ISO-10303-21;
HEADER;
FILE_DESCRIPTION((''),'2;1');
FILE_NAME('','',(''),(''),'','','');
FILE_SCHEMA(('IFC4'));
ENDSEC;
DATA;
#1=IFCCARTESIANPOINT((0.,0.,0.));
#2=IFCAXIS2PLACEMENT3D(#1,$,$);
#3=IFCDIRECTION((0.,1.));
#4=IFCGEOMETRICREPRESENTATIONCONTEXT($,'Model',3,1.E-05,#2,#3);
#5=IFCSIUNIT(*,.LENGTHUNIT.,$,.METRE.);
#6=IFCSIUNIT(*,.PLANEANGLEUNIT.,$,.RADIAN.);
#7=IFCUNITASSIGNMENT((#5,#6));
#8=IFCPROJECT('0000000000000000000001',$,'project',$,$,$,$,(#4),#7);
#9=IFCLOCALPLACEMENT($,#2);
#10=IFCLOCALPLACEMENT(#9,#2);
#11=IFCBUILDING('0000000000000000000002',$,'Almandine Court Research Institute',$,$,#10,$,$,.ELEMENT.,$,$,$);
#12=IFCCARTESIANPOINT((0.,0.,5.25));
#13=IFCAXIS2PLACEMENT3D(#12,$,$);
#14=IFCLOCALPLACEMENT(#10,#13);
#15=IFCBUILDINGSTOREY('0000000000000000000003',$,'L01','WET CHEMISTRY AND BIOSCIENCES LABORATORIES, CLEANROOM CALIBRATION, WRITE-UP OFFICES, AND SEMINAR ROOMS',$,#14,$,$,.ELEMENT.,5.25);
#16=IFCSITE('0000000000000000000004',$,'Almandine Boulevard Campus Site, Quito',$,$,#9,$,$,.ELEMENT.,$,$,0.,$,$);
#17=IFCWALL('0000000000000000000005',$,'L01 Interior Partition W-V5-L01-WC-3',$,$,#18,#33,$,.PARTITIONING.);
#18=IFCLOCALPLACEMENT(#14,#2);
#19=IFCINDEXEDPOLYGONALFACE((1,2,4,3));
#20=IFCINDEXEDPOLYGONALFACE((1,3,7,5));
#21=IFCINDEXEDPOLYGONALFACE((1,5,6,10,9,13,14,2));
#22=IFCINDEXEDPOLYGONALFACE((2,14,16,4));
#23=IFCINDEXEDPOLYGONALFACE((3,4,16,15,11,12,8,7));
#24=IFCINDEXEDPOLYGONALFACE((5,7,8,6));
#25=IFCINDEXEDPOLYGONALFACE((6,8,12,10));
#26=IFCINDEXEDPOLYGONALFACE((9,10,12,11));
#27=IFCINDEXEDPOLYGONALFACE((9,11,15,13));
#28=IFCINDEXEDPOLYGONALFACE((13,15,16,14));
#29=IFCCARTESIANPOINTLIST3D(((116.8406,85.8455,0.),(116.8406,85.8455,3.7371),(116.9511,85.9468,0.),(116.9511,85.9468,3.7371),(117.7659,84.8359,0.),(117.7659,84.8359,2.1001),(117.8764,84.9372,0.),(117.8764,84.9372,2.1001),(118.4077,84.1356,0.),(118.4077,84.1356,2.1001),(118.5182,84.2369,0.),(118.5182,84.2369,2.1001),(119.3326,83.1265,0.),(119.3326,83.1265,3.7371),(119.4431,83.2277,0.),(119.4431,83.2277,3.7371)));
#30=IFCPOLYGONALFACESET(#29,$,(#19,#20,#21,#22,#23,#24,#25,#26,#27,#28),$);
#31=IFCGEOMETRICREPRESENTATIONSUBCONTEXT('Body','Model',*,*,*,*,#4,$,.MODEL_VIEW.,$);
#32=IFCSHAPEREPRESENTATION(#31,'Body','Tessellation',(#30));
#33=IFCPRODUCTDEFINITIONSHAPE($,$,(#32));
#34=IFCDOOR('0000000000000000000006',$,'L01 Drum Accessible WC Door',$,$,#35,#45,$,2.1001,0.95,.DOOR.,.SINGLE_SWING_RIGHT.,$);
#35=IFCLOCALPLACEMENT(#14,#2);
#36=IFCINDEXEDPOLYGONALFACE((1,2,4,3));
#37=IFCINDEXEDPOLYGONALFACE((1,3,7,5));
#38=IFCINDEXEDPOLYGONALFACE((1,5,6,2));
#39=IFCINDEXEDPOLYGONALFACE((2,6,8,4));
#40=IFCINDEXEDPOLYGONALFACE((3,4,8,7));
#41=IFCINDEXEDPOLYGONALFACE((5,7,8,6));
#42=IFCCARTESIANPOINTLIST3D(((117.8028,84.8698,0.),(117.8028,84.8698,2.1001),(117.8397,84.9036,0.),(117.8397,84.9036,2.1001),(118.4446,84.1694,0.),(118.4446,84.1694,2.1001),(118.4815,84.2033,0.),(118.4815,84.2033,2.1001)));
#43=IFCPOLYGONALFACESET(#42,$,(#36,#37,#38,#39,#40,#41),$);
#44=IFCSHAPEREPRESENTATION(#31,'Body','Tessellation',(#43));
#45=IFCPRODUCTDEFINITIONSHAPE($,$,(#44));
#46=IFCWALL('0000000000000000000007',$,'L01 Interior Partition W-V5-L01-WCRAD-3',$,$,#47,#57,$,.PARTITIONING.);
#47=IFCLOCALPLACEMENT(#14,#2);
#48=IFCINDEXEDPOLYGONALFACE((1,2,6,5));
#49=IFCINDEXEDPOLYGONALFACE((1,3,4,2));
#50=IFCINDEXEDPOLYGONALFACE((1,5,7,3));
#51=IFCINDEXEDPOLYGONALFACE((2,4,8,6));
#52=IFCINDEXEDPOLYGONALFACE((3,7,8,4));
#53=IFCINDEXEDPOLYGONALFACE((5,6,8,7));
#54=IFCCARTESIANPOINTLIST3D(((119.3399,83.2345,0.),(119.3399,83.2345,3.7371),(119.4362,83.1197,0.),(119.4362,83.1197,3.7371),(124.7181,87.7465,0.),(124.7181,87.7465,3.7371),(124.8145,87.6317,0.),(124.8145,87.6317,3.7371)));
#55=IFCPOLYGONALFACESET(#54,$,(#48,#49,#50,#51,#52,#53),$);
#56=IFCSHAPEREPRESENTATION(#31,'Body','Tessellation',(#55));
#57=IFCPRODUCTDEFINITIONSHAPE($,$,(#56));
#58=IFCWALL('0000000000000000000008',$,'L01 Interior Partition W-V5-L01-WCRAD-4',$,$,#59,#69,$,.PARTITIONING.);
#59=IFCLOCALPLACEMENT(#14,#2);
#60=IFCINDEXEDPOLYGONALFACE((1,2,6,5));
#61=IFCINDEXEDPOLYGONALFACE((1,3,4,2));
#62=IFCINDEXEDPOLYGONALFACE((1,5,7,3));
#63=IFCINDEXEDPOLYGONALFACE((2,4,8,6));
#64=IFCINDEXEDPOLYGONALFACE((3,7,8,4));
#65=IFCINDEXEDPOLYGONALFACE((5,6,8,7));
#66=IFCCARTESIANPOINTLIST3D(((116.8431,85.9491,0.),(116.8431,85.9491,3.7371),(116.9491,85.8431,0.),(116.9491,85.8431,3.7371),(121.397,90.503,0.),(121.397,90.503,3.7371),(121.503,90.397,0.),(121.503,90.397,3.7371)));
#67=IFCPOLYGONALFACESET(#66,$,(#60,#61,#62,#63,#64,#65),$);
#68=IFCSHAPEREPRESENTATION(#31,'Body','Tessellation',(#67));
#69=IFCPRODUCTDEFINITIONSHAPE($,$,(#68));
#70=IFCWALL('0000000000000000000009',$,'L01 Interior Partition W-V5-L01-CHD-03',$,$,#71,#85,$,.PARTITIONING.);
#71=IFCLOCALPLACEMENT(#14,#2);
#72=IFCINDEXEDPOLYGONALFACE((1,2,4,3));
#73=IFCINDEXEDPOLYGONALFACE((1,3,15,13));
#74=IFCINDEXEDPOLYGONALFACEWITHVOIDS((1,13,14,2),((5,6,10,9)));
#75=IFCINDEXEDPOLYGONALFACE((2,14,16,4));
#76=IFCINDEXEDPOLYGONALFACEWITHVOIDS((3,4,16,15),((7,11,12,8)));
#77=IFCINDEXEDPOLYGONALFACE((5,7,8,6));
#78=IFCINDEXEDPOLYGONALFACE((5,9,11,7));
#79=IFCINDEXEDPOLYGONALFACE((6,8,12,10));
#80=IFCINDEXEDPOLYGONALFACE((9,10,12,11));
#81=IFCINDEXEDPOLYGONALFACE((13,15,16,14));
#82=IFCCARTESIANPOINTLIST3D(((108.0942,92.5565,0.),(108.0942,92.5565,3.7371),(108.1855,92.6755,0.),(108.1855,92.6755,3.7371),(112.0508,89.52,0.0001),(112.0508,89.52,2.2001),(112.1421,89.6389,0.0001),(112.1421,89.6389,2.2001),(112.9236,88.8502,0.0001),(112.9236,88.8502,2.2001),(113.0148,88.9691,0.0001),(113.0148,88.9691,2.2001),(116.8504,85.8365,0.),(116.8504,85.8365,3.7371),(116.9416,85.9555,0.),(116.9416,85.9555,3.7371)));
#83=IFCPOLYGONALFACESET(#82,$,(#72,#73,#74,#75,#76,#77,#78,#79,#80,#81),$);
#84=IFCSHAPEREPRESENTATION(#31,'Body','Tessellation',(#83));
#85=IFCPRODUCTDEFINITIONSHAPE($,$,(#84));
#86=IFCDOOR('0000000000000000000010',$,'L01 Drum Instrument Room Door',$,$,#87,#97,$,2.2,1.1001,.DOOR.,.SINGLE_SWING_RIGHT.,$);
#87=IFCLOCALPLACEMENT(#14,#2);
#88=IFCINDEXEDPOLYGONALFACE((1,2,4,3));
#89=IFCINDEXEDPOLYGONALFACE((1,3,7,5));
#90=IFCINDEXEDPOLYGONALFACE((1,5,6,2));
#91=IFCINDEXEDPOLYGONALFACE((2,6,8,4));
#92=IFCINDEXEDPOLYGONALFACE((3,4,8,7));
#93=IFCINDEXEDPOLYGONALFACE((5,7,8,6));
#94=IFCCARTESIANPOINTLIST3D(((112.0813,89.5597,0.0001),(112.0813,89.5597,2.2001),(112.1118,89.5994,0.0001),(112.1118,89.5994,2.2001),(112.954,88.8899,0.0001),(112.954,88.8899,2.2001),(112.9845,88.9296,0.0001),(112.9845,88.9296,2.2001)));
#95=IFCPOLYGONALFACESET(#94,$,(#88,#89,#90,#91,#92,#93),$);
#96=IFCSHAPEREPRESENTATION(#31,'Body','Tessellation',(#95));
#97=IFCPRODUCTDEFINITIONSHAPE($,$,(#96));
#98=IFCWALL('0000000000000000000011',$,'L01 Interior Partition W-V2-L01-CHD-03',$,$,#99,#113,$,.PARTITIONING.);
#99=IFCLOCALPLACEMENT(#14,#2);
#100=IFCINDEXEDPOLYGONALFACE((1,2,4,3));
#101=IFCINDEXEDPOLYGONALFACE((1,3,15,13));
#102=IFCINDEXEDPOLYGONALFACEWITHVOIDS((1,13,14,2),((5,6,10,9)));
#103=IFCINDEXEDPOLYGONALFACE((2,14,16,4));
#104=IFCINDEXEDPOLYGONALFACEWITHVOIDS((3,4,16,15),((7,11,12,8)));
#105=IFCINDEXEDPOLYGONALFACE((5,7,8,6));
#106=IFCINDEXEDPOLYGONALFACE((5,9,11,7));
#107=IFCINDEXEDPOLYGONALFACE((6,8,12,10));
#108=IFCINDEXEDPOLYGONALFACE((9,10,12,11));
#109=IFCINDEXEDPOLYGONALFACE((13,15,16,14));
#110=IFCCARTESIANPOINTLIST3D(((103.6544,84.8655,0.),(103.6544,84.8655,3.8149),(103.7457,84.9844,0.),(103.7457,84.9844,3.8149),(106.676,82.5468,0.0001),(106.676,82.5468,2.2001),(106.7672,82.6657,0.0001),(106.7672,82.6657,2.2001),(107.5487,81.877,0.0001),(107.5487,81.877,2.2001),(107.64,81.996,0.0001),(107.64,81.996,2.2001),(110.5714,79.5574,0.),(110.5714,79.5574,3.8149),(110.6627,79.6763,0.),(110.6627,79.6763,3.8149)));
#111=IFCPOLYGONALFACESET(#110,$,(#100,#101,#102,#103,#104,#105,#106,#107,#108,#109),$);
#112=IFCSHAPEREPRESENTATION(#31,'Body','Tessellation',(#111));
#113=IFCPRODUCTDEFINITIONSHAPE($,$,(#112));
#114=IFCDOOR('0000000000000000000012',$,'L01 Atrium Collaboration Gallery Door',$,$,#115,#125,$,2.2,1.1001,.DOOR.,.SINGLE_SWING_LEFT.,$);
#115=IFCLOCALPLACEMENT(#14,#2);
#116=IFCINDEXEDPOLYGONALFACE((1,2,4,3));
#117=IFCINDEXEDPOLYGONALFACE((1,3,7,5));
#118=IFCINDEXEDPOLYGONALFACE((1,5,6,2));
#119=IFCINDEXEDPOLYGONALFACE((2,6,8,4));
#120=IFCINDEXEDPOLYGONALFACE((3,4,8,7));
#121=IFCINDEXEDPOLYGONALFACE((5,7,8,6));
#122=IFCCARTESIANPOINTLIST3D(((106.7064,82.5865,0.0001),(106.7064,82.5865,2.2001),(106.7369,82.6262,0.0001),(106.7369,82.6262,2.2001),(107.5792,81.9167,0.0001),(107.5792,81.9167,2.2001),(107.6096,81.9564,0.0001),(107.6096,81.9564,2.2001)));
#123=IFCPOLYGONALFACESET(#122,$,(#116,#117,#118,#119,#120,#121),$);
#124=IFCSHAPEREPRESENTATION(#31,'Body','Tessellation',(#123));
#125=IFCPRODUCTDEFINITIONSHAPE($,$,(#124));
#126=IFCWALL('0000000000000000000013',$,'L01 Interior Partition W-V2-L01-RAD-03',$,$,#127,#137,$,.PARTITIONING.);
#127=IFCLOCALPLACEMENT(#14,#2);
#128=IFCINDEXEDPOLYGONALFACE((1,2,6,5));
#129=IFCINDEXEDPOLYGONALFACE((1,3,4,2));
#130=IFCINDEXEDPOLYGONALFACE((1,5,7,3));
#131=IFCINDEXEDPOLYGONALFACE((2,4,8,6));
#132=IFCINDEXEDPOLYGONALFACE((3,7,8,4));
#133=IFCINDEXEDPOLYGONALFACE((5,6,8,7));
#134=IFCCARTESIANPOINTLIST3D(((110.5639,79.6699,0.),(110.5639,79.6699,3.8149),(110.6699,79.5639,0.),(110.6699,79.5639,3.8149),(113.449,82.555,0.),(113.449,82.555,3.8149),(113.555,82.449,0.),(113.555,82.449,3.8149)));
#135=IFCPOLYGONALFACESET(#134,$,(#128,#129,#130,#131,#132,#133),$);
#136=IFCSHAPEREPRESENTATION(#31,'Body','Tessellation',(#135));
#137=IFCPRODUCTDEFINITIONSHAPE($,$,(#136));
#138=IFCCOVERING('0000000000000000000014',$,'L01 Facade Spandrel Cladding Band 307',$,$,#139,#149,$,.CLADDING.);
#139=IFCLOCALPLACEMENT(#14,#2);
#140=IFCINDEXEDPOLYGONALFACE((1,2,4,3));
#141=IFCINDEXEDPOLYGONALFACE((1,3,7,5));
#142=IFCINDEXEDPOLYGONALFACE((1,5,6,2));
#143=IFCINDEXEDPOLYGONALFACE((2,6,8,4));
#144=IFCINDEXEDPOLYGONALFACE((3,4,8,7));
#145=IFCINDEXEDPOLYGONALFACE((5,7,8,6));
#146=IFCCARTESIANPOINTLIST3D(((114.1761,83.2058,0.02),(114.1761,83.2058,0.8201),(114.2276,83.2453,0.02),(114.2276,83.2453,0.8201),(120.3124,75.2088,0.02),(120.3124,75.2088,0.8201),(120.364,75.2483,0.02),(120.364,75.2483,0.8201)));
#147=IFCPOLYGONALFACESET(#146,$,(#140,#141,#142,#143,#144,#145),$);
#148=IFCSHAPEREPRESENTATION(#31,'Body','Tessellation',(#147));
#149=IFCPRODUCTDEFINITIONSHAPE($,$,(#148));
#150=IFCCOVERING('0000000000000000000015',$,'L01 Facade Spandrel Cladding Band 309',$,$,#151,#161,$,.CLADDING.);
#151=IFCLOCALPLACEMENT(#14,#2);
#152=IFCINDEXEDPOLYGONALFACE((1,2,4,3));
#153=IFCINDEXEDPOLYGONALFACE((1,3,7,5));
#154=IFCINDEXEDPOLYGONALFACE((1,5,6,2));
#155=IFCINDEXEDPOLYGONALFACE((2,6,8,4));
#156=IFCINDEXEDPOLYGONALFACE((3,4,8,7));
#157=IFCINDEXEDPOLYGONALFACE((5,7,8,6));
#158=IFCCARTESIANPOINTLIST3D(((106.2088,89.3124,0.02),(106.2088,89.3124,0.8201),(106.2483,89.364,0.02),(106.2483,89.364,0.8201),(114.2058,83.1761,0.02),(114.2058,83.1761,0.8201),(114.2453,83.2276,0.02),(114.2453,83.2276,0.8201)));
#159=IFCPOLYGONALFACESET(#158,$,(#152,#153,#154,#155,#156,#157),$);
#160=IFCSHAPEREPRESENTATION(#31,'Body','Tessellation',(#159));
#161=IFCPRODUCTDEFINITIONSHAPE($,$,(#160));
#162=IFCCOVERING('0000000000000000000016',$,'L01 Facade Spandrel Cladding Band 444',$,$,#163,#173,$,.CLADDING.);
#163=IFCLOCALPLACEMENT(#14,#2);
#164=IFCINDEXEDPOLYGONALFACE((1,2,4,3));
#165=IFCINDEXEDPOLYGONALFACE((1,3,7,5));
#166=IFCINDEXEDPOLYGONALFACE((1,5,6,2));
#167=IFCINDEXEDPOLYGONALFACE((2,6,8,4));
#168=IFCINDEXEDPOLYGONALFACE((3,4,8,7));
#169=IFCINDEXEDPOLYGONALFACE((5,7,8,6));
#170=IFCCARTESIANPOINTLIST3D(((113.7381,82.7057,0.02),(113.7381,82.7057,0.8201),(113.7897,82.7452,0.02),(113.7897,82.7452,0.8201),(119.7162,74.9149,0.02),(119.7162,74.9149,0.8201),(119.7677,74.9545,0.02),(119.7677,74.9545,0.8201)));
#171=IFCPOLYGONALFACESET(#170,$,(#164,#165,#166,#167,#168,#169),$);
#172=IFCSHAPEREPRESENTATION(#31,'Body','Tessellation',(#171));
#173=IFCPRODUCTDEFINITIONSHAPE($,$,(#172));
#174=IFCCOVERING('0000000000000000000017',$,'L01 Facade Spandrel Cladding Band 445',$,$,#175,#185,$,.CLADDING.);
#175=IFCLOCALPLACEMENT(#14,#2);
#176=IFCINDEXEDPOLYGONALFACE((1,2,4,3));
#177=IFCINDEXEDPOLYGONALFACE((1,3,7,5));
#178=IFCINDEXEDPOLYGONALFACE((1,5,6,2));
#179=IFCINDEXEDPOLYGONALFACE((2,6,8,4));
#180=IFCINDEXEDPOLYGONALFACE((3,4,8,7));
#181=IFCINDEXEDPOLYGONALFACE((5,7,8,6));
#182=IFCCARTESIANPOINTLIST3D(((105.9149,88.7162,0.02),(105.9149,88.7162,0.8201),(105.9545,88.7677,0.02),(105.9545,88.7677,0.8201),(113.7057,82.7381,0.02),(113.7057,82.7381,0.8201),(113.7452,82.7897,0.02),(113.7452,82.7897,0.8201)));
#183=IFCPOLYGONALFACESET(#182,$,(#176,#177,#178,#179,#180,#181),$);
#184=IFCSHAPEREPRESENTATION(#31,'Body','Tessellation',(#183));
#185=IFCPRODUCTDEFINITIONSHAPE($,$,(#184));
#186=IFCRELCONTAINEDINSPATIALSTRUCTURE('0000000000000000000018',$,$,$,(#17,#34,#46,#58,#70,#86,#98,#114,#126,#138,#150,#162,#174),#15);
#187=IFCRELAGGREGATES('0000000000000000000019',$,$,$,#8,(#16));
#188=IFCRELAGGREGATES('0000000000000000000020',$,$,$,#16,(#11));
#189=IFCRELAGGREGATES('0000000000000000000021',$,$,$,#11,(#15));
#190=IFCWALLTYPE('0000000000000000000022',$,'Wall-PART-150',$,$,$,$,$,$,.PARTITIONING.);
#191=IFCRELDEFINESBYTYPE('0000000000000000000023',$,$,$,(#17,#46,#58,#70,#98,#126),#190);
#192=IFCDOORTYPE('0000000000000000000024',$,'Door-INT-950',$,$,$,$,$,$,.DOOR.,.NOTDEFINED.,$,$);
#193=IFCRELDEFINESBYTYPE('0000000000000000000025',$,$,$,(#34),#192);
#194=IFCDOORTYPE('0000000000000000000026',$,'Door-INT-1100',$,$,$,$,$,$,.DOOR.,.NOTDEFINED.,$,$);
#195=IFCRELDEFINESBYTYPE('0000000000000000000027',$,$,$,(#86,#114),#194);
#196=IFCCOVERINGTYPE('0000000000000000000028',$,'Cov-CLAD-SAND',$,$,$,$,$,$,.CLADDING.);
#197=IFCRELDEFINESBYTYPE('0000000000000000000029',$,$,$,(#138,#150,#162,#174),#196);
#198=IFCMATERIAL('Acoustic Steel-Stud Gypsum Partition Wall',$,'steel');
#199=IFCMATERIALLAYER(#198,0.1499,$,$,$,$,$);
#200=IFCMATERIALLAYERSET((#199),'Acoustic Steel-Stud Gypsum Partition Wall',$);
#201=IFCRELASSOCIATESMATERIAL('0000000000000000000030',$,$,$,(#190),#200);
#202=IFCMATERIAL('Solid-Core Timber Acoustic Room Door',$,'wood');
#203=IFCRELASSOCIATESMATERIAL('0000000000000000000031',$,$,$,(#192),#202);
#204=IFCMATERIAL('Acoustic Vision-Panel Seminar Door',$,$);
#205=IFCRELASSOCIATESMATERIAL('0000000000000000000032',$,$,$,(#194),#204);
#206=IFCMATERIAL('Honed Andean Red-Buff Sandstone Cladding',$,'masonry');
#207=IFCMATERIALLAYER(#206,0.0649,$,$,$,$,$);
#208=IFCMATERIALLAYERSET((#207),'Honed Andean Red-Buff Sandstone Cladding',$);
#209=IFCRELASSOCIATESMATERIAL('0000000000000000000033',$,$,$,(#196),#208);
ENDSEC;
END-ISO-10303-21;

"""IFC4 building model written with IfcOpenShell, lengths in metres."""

from ifc_helpers import new_model, si_unit, direction, frame, frame_2d, origin, origin_2d, place, context, subcontext, project, spatial, rectangle, extrude, material, layer, layer_set, type_object, element, fill, save


model = new_model("IFC4")

# Units and contexts
model_context = context("Model", 3, precision=1e-05, world=origin(), true_north=direction((0.0, 1.0)))
body_context = subcontext(model_context, "Body", "Model", "MODEL_VIEW")
ifc_project = project(units=[si_unit("LENGTHUNIT", "METRE"), si_unit("PLANEANGLEUNIT", "RADIAN")], contexts=[model_context])

# Site, building, storey
site_placement = place(None, origin())
site = spatial("IfcSite", under=ifc_project, at=site_placement, Name="Almandine Boulevard Campus Site, Quito", CompositionType="ELEMENT", RefElevation=0.0)
building_placement = place(site_placement, origin())
building = spatial("IfcBuilding", under=site, at=building_placement, Name="Almandine Court Research Institute", CompositionType="ELEMENT")
storey_placement = place(building_placement, frame((0.0, 0.0, 5.25)))
storey = spatial("IfcBuildingStorey", under=building, at=storey_placement, Name="L01", Description="WET CHEMISTRY AND BIOSCIENCES LABORATORIES, CLEANROOM CALIBRATION, WRITE-UP OFFICES, AND SEMINAR ROOMS", CompositionType="ELEMENT", Elevation=5.25)

# Wall, opening, door
ifc_material_1 = material(Name="Acoustic Steel-Stud Gypsum Partition Wall", Category="steel")
ifc_layer_1 = layer(ifc_material_1, 0.1499)
ifc_layer_set_1 = layer_set([ifc_layer_1], Name="Acoustic Steel-Stud Gypsum Partition Wall")
wall_type_1 = type_object("IfcWallType", Name="Wall-PART-150", PredefinedType="PARTITIONING", material=ifc_layer_set_1)
wall_1_placement = place(storey_placement, frame((119.3879, 83.177, 0.0), z_axis=(0.0, 0.0, 1.0), x_axis=(-0.675656, 0.737217, 0.0)))
wall_1 = element("IfcWall", 1, at=wall_1_placement, inside=storey, type_object=wall_type_1, Name="L01 Interior Partition W-V5-L01-WC-3", PredefinedType="PARTITIONING", context=body_context, shape_type="SweptSolid", body=[
    extrude(rectangle(XDim=3.6882, YDim=0.1499, at=frame_2d((1.8442, 0.0))), origin(), (0.0, 0.0, 1.0), 3.7371),
])
opening_1_placement = place(wall_1_placement, frame((1.3689, 0.0, 0.0)))
opening_1 = element("IfcOpeningElement", 2, at=opening_1_placement, cuts=wall_1, PredefinedType="OPENING", context=body_context, shape_type="SweptSolid", body=[
    extrude(rectangle(XDim=0.95, YDim=2.1001, at=frame_2d((0.4751, 1.05))), frame((0.0, 0.085, 0.0), z_axis=(0.0, -1.0, 0.0), x_axis=(1.0, 0.0, 0.0)), (0.0, 0.0, 1.0), 0.1699),
])
ifc_material_2 = material(Name="Solid-Core Timber Acoustic Room Door", Category="wood")
door_type_1 = type_object("IfcDoorType", Name="Door-INT-950", OperationType="NOTDEFINED", PredefinedType="DOOR", material=ifc_material_2)
door_1_placement = place(opening_1_placement, origin())
door_1 = element("IfcDoor", 3, at=door_1_placement, inside=storey, type_object=door_type_1, Name="L01 Drum Accessible WC Door", OperationType="SINGLE_SWING_RIGHT", OverallHeight=2.1001, OverallWidth=0.95, PredefinedType="DOOR", context=body_context, shape_type="SweptSolid", body=[
    extrude(rectangle(XDim=0.95, YDim=2.1001, at=frame_2d((0.4751, 1.05))), frame((0.0, 0.0249, 0.0), z_axis=(0.0, -1.0, 0.0), x_axis=(1.0, 0.0, 0.0)), (0.0, 0.0, 1.0), 0.05),
])
fill(opening_1, door_1)

# Walls
wall_2_placement = place(storey_placement, frame((119.3879, 83.177, 0.0), z_axis=(0.0, 0.0, 1.0), x_axis=(0.766105, 0.642716, 0.0)))
element("IfcWall", 4, at=wall_2_placement, inside=storey, type_object=wall_type_1, Name="L01 Interior Partition W-V5-L01-WCRAD-3", PredefinedType="PARTITIONING", context=body_context, shape_type="SweptSolid", body=[
    extrude(rectangle(XDim=7.0203, YDim=0.1499, at=frame_2d((3.5103, 0.0))), origin(), (0.0, 0.0, 1.0), 3.7371),
])
wall_3_placement = place(storey_placement, frame((116.896, 85.896, 0.0), z_axis=(0.0, 0.0, 1.0), x_axis=(0.707107, 0.707107, 0.0)))
element("IfcWall", 5, at=wall_3_placement, inside=storey, type_object=wall_type_1, Name="L01 Interior Partition W-V5-L01-WCRAD-4", PredefinedType="PARTITIONING", context=body_context, shape_type="SweptSolid", body=[
    extrude(rectangle(XDim=6.4402, YDim=0.1499, at=frame_2d((3.2202, 0.0))), origin(), (0.0, 0.0, 1.0), 3.7371),
])

# Walls, openings, doors
wall_4_placement = place(storey_placement, frame((116.896, 85.896, 0.0), z_axis=(0.0, 0.0, 1.0), x_axis=(-0.793302, 0.608828, 0.0)))
wall_4 = element("IfcWall", 6, at=wall_4_placement, inside=storey, type_object=wall_type_1, Name="L01 Interior Partition W-V5-L01-CHD-03", PredefinedType="PARTITIONING", context=body_context, shape_type="SweptSolid", body=[
    extrude(rectangle(XDim=11.0376, YDim=0.1499, at=frame_2d((5.5188, 0.0))), origin(), (0.0, 0.0, 1.0), 3.7371),
])
opening_2_placement = place(wall_4_placement, frame((4.95, 0.0, 0.0)))
opening_2 = element("IfcOpeningElement", 7, at=opening_2_placement, cuts=wall_4, PredefinedType="OPENING", context=body_context, shape_type="SweptSolid", body=[
    extrude(rectangle(XDim=1.1001, YDim=2.2, at=frame_2d((0.55, 1.1001))), frame((0.0, 0.085, 0.0), z_axis=(0.0, -1.0, 0.0), x_axis=(1.0, 0.0, 0.0)), (0.0, 0.0, 1.0), 0.1699),
])
ifc_material_3 = material(Name="Acoustic Vision-Panel Seminar Door")
door_type_2 = type_object("IfcDoorType", Name="Door-INT-1100", OperationType="NOTDEFINED", PredefinedType="DOOR", material=ifc_material_3)
door_2_placement = place(opening_2_placement, origin())
door_2 = element("IfcDoor", 8, at=door_2_placement, inside=storey, type_object=door_type_2, Name="L01 Drum Instrument Room Door", OperationType="SINGLE_SWING_RIGHT", OverallHeight=2.2, OverallWidth=1.1001, PredefinedType="DOOR", context=body_context, shape_type="SweptSolid", body=[
    extrude(rectangle(XDim=1.1001, YDim=2.2, at=frame_2d((0.55, 1.1001))), frame((0.0, 0.0249, 0.0), z_axis=(0.0, -1.0, 0.0), x_axis=(1.0, 0.0, 0.0)), (0.0, 0.0, 1.0), 0.05),
])
fill(opening_2, door_2)
wall_5_placement = place(storey_placement, frame((110.6169, 79.6169, 0.0), z_axis=(0.0, 0.0, 1.0), x_axis=(-0.793325, 0.608798, 0.0)))
wall_5 = element("IfcWall", 9, at=wall_5_placement, inside=storey, type_object=wall_type_1, Name="L01 Interior Partition W-V2-L01-CHD-03", PredefinedType="PARTITIONING", context=body_context, shape_type="SweptSolid", body=[
    extrude(rectangle(XDim=8.719, YDim=0.1499, at=frame_2d((4.3594, 0.0))), origin(), (0.0, 0.0, 1.0), 3.8149),
])
opening_3_placement = place(wall_5_placement, frame((3.8101, 0.0, 0.0)))
opening_3 = element("IfcOpeningElement", 10, at=opening_3_placement, cuts=wall_5, PredefinedType="OPENING", context=body_context, shape_type="SweptSolid", body=[
    extrude(rectangle(XDim=1.1001, YDim=2.2, at=frame_2d((0.55, 1.1001))), frame((0.0, 0.085, 0.0), z_axis=(0.0, -1.0, 0.0), x_axis=(1.0, 0.0, 0.0)), (0.0, 0.0, 1.0), 0.1699),
])
door_3_placement = place(opening_3_placement, origin())
door_3 = element("IfcDoor", 11, at=door_3_placement, inside=storey, type_object=door_type_2, Name="L01 Atrium Collaboration Gallery Door", OperationType="SINGLE_SWING_LEFT", OverallHeight=2.2, OverallWidth=1.1001, PredefinedType="DOOR", context=body_context, shape_type="SweptSolid", body=[
    extrude(rectangle(XDim=1.1001, YDim=2.2, at=frame_2d((0.55, 1.1001))), frame((0.0, 0.0249, 0.0), z_axis=(0.0, -1.0, 0.0), x_axis=(1.0, 0.0, 0.0)), (0.0, 0.0, 1.0), 0.05),
])
fill(opening_3, door_3)

# Wall
wall_6_placement = place(storey_placement, frame((110.6169, 79.6169, 0.0), z_axis=(0.0, 0.0, 1.0), x_axis=(0.707107, 0.707107, 0.0)))
element("IfcWall", 12, at=wall_6_placement, inside=storey, type_object=wall_type_1, Name="L01 Interior Partition W-V2-L01-RAD-03", PredefinedType="PARTITIONING", context=body_context, shape_type="SweptSolid", body=[
    extrude(rectangle(XDim=4.0801, YDim=0.1499, at=frame_2d((2.04, 0.0))), origin(), (0.0, 0.0, 1.0), 3.8149),
])

# Coverings
ifc_material_4 = material(Name="Honed Andean Red-Buff Sandstone Cladding", Category="masonry")
ifc_layer_2 = layer(ifc_material_4, 0.0649)
ifc_layer_set_2 = layer_set([ifc_layer_2], Name="Honed Andean Red-Buff Sandstone Cladding")
covering_type = type_object("IfcCoveringType", Name="Cov-CLAD-SAND", PredefinedType="CLADDING", material=ifc_layer_set_2)
for number, where, z_axis, x_axis, name in (
    (13, (117.27, 79.2271, 0.02), (0.0, 0.0, 1.0), (-0.608761, 0.793353, 0.0), "L01 Facade Spandrel Cladding Band 307"),
    (14, (110.2271, 86.27, 0.02), (0.0, 0.0, 1.0), (-0.793353, 0.608761, 0.0), "L01 Facade Spandrel Cladding Band 309"),
):
    element("IfcCovering", number, at=place(storey_placement, frame(where, z_axis=z_axis, x_axis=x_axis)), inside=storey, type_object=covering_type, Name=name, PredefinedType="CLADDING", context=body_context, shape_type="SweptSolid", body=[
        extrude(rectangle(XDim=10.0801, YDim=0.0649, at=origin_2d()), origin(), (0.0, 0.0, 1.0), 0.8),
    ])
for number, where, z_axis, x_axis, name in (
    (15, (116.7529, 78.8301, 0.02), (0.0, 0.0, 1.0), (0.608761, -0.793353, 0.0), "L01 Facade Spandrel Cladding Band 444"),
    (16, (109.8301, 85.7529, 0.02), (0.0, 0.0, 1.0), (0.793353, -0.608761, 0.0), "L01 Facade Spandrel Cladding Band 445"),
):
    element("IfcCovering", number, at=place(storey_placement, frame(where, z_axis=z_axis, x_axis=x_axis)), inside=storey, type_object=covering_type, Name=name, PredefinedType="CLADDING", context=body_context, shape_type="SweptSolid", body=[
        extrude(rectangle(XDim=9.8201, YDim=0.0649, at=origin_2d()), origin(), (0.0, 0.0, 1.0), 0.8),
    ])

save(model, "model.ifc")
